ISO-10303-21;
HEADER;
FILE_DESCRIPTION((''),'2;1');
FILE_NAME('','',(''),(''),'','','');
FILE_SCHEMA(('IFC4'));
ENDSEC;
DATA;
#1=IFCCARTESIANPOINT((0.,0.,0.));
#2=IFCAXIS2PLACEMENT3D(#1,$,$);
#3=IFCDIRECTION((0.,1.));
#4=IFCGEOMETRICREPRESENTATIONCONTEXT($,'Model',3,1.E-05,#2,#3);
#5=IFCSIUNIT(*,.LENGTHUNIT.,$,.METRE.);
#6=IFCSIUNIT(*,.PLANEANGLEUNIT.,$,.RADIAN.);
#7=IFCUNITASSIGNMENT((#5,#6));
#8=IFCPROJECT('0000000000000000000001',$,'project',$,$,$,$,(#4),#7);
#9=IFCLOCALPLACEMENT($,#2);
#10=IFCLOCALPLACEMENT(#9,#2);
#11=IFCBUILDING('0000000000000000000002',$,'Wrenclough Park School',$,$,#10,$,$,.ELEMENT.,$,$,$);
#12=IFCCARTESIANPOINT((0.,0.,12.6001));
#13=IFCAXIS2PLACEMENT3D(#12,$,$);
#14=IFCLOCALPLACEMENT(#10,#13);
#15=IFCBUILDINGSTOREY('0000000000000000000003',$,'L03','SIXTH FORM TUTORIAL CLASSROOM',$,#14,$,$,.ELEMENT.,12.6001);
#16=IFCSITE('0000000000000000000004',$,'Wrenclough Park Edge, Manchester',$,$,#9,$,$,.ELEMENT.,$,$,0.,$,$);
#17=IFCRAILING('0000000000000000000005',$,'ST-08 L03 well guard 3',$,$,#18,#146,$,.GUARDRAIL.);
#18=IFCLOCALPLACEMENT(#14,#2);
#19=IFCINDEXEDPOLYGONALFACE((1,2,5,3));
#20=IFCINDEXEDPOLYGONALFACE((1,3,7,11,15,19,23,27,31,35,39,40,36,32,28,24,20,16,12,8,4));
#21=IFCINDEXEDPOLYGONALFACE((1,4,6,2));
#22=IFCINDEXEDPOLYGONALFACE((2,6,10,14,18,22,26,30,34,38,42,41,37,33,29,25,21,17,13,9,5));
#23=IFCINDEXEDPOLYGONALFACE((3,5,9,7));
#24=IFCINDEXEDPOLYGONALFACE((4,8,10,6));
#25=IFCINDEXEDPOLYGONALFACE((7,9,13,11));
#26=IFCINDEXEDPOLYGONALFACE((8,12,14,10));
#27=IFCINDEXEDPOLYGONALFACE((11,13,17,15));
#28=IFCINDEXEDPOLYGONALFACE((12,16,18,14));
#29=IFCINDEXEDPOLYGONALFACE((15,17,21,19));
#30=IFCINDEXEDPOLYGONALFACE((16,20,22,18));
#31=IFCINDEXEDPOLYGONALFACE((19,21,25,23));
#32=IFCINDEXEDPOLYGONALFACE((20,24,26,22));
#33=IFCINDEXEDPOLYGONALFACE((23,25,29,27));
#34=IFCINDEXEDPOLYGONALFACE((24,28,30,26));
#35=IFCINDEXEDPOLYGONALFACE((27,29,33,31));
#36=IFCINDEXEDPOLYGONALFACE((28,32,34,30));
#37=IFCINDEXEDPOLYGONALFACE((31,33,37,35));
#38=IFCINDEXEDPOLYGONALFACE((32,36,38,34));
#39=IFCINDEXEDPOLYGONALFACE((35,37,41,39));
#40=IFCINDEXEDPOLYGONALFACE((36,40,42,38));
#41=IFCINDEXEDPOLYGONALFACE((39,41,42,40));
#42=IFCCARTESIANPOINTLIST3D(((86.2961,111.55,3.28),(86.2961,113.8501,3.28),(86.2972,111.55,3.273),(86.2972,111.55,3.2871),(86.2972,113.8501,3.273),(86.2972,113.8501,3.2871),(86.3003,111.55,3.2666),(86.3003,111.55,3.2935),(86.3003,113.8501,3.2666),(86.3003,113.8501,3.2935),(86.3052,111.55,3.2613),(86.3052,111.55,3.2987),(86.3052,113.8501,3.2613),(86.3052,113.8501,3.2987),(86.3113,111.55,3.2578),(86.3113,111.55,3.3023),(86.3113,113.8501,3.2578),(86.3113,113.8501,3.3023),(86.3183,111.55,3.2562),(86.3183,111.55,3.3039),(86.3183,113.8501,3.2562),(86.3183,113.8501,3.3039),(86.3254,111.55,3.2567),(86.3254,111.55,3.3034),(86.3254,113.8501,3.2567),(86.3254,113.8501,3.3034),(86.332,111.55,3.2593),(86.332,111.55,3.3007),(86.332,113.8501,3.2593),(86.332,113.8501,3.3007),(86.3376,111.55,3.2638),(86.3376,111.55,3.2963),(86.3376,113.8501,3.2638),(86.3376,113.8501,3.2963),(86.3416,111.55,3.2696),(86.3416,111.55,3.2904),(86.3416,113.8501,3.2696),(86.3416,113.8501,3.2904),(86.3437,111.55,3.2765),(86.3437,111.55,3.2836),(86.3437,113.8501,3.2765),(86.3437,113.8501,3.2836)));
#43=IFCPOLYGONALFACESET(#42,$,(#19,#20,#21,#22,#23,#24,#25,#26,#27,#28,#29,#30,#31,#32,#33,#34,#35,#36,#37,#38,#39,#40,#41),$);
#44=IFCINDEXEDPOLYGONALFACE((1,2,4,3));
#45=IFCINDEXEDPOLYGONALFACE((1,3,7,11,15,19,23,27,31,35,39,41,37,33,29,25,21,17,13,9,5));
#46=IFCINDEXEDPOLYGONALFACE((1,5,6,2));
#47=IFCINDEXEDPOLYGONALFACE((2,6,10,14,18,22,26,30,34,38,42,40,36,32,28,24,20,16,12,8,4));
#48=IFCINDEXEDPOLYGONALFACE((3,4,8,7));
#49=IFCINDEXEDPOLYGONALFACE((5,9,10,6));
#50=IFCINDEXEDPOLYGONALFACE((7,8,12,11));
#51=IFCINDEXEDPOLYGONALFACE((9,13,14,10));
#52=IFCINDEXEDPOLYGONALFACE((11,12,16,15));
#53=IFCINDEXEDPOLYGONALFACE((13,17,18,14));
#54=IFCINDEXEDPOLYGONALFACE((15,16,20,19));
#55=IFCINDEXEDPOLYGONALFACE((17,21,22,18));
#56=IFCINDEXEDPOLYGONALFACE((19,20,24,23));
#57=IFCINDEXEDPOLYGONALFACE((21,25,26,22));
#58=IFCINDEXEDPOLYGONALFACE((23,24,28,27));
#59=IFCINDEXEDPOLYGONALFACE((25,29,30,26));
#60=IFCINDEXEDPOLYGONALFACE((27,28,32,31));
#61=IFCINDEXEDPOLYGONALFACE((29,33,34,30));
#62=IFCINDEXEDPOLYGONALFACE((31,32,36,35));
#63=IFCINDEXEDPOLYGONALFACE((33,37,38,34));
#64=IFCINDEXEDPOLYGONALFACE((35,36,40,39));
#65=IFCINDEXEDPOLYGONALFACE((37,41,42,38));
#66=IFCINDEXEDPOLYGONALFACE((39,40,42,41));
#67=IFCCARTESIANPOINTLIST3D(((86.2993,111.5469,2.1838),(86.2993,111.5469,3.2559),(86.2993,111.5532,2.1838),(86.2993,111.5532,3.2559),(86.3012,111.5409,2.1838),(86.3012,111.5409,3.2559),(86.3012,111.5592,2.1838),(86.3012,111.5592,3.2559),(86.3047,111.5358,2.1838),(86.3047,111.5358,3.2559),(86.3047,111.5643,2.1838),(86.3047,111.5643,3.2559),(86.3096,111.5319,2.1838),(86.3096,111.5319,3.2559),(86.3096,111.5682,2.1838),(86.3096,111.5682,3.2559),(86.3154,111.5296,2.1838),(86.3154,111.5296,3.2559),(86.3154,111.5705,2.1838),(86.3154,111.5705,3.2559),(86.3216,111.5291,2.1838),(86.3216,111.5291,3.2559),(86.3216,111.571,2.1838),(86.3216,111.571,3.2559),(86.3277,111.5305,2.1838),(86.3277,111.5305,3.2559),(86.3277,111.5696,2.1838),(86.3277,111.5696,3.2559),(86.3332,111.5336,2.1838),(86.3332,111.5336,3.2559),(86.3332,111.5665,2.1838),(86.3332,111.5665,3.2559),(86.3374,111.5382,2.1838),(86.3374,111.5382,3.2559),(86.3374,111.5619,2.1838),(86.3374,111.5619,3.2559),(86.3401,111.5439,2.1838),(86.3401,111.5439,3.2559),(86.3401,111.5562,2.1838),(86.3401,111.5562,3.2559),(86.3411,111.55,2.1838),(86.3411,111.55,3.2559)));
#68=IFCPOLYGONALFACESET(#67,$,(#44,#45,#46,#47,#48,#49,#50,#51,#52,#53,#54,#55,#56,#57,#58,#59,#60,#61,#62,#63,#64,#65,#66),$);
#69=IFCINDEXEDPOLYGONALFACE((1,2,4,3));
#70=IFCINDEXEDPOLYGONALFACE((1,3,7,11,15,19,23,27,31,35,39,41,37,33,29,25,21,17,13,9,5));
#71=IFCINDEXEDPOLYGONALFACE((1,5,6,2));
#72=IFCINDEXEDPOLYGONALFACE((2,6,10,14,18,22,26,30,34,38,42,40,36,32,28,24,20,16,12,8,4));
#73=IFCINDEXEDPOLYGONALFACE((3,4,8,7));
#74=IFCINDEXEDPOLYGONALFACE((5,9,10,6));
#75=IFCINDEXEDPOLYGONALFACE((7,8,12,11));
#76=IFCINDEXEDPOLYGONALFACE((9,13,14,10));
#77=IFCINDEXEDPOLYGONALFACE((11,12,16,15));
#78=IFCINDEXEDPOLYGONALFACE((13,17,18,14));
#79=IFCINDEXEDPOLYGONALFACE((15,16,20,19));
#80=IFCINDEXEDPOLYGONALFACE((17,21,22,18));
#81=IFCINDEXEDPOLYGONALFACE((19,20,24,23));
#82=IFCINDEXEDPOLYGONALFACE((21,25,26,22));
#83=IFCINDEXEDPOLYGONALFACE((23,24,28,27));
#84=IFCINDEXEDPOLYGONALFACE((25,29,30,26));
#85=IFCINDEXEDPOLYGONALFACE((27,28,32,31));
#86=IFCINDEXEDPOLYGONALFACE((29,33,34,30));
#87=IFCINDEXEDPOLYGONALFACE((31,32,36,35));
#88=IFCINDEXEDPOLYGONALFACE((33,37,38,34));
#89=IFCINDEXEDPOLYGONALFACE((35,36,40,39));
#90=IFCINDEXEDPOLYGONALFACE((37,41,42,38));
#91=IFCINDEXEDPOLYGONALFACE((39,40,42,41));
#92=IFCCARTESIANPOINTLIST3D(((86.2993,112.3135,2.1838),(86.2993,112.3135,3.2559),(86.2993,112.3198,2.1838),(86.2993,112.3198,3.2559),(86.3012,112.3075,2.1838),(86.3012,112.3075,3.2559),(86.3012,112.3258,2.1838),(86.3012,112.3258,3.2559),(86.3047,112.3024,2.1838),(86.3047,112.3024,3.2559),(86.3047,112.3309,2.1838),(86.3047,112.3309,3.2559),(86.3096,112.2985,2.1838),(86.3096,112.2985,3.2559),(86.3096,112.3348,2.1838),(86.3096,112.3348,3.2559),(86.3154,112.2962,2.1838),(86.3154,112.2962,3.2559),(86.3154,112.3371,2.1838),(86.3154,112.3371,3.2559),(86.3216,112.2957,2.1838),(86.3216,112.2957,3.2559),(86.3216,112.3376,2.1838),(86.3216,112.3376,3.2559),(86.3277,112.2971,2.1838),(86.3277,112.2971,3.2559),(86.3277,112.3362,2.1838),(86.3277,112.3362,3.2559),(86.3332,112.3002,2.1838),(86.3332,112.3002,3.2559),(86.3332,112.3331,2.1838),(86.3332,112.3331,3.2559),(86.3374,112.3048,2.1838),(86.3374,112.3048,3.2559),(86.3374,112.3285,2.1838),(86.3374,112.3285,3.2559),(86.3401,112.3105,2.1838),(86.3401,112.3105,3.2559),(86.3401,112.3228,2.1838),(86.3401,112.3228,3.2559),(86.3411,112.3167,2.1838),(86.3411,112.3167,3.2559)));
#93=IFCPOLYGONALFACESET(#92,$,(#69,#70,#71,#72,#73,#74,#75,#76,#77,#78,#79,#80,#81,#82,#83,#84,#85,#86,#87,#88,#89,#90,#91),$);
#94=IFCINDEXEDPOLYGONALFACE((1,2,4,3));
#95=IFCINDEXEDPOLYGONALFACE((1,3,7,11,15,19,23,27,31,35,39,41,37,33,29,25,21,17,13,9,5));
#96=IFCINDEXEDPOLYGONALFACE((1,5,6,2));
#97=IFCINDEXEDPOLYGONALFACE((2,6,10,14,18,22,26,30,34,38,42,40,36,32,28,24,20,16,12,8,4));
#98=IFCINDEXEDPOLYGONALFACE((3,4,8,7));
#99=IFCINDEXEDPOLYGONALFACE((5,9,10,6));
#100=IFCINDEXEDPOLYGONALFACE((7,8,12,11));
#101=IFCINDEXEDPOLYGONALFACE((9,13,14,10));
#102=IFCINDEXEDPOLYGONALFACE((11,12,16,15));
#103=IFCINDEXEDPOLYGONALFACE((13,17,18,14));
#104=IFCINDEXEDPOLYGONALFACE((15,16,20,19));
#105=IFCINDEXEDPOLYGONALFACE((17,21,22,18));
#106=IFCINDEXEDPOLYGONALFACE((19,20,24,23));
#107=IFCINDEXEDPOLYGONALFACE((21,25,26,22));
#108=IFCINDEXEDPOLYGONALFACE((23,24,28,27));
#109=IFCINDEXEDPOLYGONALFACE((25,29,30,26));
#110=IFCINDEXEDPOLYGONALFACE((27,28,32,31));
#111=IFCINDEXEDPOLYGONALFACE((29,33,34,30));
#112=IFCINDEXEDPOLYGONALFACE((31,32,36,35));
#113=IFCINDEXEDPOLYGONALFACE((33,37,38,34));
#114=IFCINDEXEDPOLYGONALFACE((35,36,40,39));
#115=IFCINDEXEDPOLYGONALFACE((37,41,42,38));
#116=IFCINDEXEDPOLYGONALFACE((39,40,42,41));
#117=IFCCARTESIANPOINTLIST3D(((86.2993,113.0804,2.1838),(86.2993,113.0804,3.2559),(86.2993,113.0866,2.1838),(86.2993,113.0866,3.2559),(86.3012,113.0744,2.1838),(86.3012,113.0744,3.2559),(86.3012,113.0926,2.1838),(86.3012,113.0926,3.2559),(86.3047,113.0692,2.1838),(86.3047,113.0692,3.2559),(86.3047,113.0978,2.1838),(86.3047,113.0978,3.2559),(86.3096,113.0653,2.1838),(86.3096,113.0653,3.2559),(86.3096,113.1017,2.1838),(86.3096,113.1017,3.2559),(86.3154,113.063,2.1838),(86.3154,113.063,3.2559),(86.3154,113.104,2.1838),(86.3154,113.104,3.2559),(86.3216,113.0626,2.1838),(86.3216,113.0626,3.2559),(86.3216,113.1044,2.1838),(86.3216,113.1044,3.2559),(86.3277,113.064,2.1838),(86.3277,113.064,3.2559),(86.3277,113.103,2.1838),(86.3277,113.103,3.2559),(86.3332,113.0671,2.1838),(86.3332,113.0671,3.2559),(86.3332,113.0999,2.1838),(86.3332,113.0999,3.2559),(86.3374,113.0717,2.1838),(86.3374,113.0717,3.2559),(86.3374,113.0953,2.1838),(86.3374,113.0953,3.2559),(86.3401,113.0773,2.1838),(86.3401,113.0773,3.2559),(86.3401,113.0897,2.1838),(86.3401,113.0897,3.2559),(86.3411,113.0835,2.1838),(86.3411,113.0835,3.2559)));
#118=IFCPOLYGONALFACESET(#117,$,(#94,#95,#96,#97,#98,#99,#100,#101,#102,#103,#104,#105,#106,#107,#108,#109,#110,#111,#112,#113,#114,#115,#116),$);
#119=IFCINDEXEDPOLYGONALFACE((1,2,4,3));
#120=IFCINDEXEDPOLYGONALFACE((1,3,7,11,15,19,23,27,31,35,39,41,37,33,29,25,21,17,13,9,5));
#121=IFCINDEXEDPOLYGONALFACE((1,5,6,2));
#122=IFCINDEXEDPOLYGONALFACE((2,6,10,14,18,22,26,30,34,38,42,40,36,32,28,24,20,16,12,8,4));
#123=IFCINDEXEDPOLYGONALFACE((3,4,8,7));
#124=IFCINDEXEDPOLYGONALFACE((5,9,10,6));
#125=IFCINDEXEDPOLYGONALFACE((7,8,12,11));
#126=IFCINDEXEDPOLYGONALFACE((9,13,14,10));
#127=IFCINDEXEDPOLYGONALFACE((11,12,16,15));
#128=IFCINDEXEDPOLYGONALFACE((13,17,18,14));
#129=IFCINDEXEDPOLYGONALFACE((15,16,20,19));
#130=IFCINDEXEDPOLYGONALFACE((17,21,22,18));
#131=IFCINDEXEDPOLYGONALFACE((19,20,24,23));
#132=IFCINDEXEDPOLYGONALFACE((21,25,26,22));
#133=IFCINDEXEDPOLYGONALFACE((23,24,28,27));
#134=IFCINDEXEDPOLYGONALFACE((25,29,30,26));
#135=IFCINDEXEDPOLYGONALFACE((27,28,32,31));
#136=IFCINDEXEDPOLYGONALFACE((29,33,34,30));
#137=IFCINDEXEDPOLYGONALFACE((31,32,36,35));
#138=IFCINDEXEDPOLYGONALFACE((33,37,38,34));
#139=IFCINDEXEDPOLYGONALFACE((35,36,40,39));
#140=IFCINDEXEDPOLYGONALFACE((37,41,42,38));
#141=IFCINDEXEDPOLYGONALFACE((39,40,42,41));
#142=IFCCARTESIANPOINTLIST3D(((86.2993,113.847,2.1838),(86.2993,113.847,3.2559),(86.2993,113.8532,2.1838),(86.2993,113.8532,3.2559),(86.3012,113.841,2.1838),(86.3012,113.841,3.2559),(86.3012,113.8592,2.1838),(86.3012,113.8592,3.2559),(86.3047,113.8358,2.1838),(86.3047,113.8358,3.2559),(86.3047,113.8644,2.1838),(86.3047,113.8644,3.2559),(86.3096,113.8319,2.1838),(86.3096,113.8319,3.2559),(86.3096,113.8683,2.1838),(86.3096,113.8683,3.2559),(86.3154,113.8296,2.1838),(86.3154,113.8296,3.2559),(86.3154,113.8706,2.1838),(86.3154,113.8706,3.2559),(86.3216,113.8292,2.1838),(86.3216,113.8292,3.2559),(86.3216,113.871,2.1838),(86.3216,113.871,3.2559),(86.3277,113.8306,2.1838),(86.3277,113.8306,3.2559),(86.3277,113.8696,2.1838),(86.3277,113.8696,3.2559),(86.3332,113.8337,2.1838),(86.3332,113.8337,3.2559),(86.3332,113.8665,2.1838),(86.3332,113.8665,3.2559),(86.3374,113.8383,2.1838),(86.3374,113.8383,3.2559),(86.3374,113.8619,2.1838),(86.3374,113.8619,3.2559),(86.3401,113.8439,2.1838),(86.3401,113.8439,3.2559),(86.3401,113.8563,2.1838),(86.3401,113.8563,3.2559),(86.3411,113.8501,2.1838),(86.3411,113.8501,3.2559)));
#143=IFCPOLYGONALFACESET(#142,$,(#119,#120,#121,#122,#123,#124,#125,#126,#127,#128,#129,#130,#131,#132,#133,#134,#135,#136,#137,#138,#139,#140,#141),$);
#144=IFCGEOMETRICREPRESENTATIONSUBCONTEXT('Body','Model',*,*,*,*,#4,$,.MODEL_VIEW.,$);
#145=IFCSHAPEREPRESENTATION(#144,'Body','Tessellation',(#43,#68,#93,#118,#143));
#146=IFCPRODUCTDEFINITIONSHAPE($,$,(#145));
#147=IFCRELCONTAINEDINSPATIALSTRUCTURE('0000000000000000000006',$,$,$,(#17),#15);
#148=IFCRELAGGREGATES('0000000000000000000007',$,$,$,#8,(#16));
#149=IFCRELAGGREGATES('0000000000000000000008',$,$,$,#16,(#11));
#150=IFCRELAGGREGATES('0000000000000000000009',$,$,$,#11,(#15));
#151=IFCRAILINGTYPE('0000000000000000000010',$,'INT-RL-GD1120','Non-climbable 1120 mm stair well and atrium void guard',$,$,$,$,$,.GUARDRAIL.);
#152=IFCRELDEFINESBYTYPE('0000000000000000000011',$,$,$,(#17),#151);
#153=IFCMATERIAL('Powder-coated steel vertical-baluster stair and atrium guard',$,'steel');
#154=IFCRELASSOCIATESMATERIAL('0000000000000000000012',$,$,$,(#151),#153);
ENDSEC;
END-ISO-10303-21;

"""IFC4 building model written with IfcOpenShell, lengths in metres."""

from ifc_helpers import new_model, si_unit, direction, frame, origin, origin_2d, place, context, subcontext, project, spatial, circle, extrude, material, type_object, element, save


model = new_model("IFC4")

# Units and contexts
model_context = context("Model", 3, precision=1e-05, world=origin(), true_north=direction((0.0, 1.0)))
body_context = subcontext(model_context, "Body", "Model", "MODEL_VIEW")
ifc_project = project(units=[si_unit("LENGTHUNIT", "METRE"), si_unit("PLANEANGLEUNIT", "RADIAN")], contexts=[model_context])

# Site, building, storey
site_placement = place(None, origin())
site = spatial("IfcSite", under=ifc_project, at=site_placement, Name="Wrenclough Park Edge, Manchester", CompositionType="ELEMENT", RefElevation=0.0)
building_placement = place(site_placement, origin())
building = spatial("IfcBuilding", under=site, at=building_placement, Name="Wrenclough Park School", CompositionType="ELEMENT")
storey_placement = place(building_placement, frame((0.0, 0.0, 12.6001)))
storey = spatial("IfcBuildingStorey", under=building, at=storey_placement, Name="L03", Description="SIXTH FORM TUTORIAL CLASSROOM", CompositionType="ELEMENT", Elevation=12.6001)

# Railing
ifc_material_1 = material(Name="Powder-coated steel vertical-baluster stair and atrium guard", Category="steel")
railing_type_1 = type_object("IfcRailingType", Name="INT-RL-GD1120", Description="Non-climbable 1120 mm stair well and atrium void guard", PredefinedType="GUARDRAIL", material=ifc_material_1)
railing_1_placement = place(storey_placement, frame((86.3201, 111.55, 2.1838)))
element("IfcRailing", 1, at=railing_1_placement, inside=storey, type_object=railing_type_1, Name="ST-08 L03 well guard 3", PredefinedType="GUARDRAIL", context=body_context, shape_type="SweptSolid", body=[
    extrude(circle(Radius=0.0239, at=origin_2d()), frame((0.0, 0.0, 1.0962), z_axis=(0.0, 1.0, 0.0), x_axis=(-1.0, 0.0, 0.0)), (0.0, 0.0, 1.0), 2.3),
    extrude(circle(Radius=0.021, at=origin_2d()), origin(), (0.0, 0.0, 1.0), 1.072),
    extrude(circle(Radius=0.021, at=origin_2d()), frame((0.0, 0.7666, 0.0)), (0.0, 0.0, 1.0), 1.072),
    extrude(circle(Radius=0.021, at=origin_2d()), frame((0.0, 1.5334, 0.0)), (0.0, 0.0, 1.0), 1.072),
    extrude(circle(Radius=0.021, at=origin_2d()), frame((0.0, 2.3, 0.0)), (0.0, 0.0, 1.0), 1.072),
])

save(model, "model.ifc")
